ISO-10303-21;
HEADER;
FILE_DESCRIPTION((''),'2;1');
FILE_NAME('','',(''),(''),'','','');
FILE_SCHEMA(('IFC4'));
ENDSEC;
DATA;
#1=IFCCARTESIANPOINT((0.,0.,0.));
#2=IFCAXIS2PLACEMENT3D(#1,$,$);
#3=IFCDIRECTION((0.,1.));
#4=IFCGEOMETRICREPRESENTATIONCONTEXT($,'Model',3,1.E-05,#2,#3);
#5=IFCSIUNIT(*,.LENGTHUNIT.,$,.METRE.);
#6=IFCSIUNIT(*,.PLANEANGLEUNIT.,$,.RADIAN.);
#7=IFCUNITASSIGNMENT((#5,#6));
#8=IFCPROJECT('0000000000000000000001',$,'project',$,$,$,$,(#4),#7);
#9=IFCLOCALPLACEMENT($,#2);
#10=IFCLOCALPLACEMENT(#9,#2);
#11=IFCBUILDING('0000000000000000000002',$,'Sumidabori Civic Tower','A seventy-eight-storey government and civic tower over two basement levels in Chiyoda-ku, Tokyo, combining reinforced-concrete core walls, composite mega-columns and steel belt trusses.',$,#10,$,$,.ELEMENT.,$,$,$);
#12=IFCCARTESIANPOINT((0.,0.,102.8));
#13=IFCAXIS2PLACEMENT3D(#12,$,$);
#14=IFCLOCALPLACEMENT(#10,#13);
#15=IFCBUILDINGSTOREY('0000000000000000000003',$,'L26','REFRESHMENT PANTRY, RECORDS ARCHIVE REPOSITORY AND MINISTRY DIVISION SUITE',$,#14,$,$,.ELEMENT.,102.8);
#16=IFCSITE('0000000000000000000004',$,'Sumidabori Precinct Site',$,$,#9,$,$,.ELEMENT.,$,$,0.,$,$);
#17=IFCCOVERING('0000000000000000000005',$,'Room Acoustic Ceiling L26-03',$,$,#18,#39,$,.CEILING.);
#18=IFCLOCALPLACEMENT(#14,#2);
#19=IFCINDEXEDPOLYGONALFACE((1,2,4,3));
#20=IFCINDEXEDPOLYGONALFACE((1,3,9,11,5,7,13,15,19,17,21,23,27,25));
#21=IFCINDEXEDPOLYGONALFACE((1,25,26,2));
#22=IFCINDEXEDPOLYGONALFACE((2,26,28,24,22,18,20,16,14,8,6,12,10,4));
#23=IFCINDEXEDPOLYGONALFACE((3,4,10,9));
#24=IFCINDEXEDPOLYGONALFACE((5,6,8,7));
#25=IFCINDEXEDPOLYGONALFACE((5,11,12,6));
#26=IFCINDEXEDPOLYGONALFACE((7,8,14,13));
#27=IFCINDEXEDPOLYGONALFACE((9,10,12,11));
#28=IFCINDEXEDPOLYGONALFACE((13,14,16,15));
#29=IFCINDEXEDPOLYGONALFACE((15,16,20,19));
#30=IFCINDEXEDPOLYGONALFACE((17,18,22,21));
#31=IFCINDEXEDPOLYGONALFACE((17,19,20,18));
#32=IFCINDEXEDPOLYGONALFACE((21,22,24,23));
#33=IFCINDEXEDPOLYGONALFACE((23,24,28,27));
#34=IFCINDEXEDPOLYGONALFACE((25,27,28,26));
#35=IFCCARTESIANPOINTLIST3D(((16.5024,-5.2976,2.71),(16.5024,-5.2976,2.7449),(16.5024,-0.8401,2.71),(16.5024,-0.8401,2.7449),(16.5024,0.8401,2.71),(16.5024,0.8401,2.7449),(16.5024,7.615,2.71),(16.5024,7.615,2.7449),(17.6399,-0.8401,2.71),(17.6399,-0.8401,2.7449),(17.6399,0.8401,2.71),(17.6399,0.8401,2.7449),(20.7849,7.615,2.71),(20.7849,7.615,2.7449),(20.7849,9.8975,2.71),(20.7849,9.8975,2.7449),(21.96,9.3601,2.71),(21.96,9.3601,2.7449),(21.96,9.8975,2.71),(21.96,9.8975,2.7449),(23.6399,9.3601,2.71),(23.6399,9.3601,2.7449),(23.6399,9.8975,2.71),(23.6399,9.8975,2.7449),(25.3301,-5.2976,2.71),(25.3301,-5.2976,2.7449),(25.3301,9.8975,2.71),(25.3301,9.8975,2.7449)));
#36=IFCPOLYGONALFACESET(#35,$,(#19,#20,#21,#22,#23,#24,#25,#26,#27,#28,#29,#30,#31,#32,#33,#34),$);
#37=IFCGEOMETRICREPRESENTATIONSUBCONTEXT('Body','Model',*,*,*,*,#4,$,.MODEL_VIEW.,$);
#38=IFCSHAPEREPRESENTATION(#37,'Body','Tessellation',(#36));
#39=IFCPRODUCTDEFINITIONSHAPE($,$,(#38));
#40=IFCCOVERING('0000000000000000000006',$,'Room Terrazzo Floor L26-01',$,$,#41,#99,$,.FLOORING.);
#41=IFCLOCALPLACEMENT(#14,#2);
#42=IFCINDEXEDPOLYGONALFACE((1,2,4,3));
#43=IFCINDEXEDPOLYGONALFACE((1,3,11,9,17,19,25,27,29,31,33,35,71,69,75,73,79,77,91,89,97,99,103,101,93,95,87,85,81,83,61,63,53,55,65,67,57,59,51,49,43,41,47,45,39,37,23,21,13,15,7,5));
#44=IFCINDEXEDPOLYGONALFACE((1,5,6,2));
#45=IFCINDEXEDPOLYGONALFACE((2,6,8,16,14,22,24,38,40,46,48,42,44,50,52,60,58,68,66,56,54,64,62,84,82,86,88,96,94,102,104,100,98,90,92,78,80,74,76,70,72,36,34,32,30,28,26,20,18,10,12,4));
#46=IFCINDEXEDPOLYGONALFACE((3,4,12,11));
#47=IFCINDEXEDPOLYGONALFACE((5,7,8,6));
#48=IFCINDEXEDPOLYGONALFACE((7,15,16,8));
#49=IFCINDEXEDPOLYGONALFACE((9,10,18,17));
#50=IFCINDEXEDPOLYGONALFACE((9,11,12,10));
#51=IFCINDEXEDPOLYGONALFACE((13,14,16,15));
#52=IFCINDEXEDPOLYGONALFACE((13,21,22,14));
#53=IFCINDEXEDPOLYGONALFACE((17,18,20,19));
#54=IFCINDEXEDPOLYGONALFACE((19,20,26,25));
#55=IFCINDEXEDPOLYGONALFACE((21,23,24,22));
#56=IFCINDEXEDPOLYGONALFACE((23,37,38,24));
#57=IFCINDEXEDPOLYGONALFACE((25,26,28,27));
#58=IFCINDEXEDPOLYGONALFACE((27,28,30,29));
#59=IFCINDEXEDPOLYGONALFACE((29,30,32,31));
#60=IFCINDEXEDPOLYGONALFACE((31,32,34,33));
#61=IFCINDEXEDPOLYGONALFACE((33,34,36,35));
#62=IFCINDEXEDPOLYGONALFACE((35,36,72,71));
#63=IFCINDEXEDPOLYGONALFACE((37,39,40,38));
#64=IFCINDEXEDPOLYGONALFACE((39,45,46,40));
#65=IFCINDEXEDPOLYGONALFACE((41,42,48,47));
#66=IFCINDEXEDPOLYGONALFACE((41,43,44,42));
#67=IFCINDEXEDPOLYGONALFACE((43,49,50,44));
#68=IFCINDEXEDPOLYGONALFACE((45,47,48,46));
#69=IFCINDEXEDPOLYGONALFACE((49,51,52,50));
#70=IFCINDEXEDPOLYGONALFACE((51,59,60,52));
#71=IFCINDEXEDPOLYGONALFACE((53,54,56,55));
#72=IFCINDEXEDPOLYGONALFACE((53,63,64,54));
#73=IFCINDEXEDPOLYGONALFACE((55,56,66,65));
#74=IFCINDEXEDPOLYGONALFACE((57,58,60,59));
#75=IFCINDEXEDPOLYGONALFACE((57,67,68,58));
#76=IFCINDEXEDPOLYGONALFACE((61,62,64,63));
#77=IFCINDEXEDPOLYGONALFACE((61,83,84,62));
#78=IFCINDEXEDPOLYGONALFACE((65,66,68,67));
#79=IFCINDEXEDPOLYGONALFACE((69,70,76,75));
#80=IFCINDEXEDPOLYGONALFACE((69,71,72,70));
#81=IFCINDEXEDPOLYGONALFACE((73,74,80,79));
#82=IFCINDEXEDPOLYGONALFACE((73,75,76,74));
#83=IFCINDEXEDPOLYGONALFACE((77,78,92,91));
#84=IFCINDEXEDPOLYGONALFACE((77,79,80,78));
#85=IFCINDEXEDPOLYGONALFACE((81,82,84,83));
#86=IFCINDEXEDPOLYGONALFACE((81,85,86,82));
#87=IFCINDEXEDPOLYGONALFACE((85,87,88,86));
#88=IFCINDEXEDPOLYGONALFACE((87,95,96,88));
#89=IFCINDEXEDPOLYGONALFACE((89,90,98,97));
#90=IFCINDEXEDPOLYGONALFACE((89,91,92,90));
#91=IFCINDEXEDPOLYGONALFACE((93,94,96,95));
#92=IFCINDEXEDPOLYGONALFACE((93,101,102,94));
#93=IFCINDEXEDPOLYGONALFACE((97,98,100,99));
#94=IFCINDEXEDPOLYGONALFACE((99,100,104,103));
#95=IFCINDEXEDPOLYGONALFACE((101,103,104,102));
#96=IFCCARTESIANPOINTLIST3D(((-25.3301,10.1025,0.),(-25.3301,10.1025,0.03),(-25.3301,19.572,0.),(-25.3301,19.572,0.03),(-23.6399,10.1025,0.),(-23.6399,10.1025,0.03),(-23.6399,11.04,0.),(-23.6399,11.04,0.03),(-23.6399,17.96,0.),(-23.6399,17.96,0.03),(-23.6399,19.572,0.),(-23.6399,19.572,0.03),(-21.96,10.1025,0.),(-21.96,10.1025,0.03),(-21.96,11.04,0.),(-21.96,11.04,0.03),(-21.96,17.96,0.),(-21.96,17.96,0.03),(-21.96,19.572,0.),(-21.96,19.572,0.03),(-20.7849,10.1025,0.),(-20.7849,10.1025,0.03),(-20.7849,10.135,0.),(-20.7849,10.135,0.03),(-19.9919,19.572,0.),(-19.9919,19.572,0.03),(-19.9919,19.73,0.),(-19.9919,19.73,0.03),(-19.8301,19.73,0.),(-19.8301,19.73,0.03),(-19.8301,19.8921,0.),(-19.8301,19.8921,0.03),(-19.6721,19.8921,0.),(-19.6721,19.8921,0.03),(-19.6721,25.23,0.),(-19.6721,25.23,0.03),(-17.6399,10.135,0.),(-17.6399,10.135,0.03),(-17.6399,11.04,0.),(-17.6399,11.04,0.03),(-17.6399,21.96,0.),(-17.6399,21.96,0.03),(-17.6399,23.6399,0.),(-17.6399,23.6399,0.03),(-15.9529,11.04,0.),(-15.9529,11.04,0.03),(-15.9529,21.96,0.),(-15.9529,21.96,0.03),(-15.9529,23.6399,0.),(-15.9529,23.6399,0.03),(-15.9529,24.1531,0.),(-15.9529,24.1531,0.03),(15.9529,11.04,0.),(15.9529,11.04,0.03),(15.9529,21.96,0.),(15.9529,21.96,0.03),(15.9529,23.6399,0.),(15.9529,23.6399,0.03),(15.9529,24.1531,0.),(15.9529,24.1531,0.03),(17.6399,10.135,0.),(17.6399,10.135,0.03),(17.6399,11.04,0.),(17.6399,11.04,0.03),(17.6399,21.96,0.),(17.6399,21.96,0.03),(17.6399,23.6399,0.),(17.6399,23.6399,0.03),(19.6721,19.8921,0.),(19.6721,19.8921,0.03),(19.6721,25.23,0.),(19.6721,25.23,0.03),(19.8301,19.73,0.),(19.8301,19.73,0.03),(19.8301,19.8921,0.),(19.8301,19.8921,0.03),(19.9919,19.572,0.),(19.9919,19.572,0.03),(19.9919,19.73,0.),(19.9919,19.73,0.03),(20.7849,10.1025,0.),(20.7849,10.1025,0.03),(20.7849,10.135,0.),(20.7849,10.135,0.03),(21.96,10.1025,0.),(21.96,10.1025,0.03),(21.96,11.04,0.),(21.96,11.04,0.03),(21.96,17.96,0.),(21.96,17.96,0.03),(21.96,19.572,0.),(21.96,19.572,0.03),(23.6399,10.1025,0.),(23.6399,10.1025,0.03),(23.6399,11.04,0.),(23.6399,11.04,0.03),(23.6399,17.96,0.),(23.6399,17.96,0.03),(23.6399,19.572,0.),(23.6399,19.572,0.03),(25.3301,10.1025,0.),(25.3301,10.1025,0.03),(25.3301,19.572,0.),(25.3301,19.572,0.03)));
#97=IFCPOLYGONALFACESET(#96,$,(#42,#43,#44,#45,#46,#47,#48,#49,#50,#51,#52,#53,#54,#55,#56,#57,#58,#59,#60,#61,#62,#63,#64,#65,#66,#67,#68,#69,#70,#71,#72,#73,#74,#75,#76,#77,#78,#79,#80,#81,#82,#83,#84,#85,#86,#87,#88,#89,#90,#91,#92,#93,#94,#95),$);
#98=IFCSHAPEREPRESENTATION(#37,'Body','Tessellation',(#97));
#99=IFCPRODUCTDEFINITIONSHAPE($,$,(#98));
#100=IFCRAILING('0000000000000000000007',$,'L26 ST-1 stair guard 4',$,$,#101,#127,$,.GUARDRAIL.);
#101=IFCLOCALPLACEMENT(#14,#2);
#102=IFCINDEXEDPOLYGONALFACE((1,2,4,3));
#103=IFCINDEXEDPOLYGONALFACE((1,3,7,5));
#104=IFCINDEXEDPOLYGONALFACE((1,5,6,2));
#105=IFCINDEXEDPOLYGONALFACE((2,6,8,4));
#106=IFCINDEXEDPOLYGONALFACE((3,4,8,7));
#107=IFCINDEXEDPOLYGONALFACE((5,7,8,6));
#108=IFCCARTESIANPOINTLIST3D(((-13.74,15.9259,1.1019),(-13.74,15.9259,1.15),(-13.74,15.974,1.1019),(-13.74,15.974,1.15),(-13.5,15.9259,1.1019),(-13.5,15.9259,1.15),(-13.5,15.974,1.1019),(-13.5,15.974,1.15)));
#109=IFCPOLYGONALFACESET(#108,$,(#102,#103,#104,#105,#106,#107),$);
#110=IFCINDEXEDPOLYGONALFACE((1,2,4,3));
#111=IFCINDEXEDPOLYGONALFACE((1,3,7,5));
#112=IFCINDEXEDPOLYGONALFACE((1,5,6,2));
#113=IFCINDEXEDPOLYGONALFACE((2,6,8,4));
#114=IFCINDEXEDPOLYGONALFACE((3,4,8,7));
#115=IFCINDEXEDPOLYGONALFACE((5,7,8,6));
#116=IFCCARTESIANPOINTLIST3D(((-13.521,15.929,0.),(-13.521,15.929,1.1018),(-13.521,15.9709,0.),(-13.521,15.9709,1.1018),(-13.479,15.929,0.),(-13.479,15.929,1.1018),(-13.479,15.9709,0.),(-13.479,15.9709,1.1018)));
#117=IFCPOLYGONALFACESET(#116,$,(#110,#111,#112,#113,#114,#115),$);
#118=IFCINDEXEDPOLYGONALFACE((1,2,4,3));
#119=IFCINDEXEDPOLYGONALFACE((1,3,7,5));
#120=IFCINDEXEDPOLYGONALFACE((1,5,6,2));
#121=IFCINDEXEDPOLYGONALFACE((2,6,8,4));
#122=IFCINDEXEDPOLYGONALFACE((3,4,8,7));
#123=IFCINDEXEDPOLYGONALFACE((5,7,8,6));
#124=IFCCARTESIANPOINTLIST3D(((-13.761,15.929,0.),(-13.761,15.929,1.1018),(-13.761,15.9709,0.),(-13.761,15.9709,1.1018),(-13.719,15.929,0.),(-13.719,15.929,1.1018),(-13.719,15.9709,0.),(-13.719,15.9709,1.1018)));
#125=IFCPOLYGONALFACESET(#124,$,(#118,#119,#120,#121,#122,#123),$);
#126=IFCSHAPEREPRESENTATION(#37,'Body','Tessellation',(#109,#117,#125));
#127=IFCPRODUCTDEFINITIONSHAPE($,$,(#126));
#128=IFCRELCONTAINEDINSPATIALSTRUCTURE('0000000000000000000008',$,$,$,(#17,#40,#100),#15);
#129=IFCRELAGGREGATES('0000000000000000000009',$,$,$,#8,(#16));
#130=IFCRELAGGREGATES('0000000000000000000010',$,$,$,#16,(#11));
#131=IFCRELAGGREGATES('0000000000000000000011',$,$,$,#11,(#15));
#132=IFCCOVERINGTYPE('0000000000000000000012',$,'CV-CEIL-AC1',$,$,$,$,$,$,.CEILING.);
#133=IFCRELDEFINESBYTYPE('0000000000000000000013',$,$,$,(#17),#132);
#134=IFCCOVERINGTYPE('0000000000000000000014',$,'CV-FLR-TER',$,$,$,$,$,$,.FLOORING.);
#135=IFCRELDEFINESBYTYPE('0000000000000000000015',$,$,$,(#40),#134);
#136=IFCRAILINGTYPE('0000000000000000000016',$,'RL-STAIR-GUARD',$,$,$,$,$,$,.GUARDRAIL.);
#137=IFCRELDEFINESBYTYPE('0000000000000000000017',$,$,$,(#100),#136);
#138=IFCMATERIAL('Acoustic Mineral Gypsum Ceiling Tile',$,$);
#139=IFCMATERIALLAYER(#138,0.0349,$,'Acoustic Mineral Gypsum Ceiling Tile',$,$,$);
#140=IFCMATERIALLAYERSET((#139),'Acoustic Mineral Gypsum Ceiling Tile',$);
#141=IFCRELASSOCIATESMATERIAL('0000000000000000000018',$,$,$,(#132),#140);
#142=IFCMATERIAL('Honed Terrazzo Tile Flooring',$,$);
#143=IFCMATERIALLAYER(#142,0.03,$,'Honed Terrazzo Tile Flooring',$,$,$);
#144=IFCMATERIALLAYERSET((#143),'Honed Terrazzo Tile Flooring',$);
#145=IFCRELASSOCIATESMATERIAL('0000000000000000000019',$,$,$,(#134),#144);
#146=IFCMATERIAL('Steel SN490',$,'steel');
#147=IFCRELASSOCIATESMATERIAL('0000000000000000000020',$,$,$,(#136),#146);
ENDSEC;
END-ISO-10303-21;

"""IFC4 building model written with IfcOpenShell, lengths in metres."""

from ifc_helpers import new_model, si_unit, direction, frame, origin, origin_2d, place, context, subcontext, project, spatial, polyline, rectangle, outline, extrude, material, layer, layer_set, type_object, element, save


model = new_model("IFC4")

# Units and contexts
model_context = context("Model", 3, precision=1e-05, world=origin(), true_north=direction((0.0, 1.0)))
body_context = subcontext(model_context, "Body", "Model", "MODEL_VIEW")
ifc_project = project(units=[si_unit("LENGTHUNIT", "METRE"), si_unit("PLANEANGLEUNIT", "RADIAN")], contexts=[model_context])

# Site, building, storey
site_placement = place(None, origin())
site = spatial("IfcSite", under=ifc_project, at=site_placement, Name="Sumidabori Precinct Site", CompositionType="ELEMENT", RefElevation=0.0)
building_placement = place(site_placement, origin())
building = spatial("IfcBuilding", under=site, at=building_placement, Name="Sumidabori Civic Tower", Description="A seventy-eight-storey government and civic tower over two basement levels in Chiyoda-ku, Tokyo, combining reinforced-concrete core walls, composite mega-columns and steel belt trusses.", CompositionType="ELEMENT")
storey_placement = place(building_placement, frame((0.0, 0.0, 102.8)))
storey = spatial("IfcBuildingStorey", under=building, at=storey_placement, Name="L26", Description="REFRESHMENT PANTRY, RECORDS ARCHIVE REPOSITORY AND MINISTRY DIVISION SUITE", CompositionType="ELEMENT", Elevation=102.8)

# Shared definitions
ifc_material_1 = material(Name="Steel SN490", Category="steel")

# Coverings
ifc_material_2 = material(Name="Acoustic Mineral Gypsum Ceiling Tile")
ifc_layer_1 = layer(ifc_material_2, 0.0349, Name="Acoustic Mineral Gypsum Ceiling Tile")
ifc_layer_set_1 = layer_set([ifc_layer_1], Name="Acoustic Mineral Gypsum Ceiling Tile")
covering_type_1 = type_object("IfcCoveringType", Name="CV-CEIL-AC1", PredefinedType="CEILING", material=ifc_layer_set_1)
covering_1_placement = place(storey_placement, frame((0.0, 0.0, 2.71)))
element("IfcCovering", 1, at=covering_1_placement, inside=storey, type_object=covering_type_1, Name="Room Acoustic Ceiling L26-03", PredefinedType="CEILING", context=body_context, shape_type="SweptSolid", body=[
    extrude(outline(polyline([(16.5024, -0.8401), (17.6399, -0.8401), (17.6399, 0.8401), (16.5024, 0.8401), (16.5024, 7.615), (20.7849, 7.615), (20.7849, 9.8975), (21.96, 9.8975), (21.96, 9.3601), (23.6399, 9.3601), (23.6399, 9.8975), (25.3301, 9.8975), (25.3301, -5.2976), (16.5024, -5.2976), (16.5024, -0.8401)])), origin(), (0.0, 0.0, 1.0), 0.0349),
])
ifc_material_3 = material(Name="Honed Terrazzo Tile Flooring")
ifc_layer_2 = layer(ifc_material_3, 0.03, Name="Honed Terrazzo Tile Flooring")
ifc_layer_set_2 = layer_set([ifc_layer_2], Name="Honed Terrazzo Tile Flooring")
covering_type_2 = type_object("IfcCoveringType", Name="CV-FLR-TER", PredefinedType="FLOORING", material=ifc_layer_set_2)
covering_2_placement = place(storey_placement, origin())
element("IfcCovering", 2, at=covering_2_placement, inside=storey, type_object=covering_type_2, Name="Room Terrazzo Floor L26-01", PredefinedType="FLOORING", context=body_context, shape_type="SweptSolid", body=[
    extrude(outline(polyline([(-21.96, 10.1025), (-21.96, 11.04), (-23.6399, 11.04), (-23.6399, 10.1025), (-25.3301, 10.1025), (-25.3301, 19.572), (-23.6399, 19.572), (-23.6399, 17.96), (-21.96, 17.96), (-21.96, 19.572), (-19.9919, 19.572), (-19.9919, 19.73), (-19.8301, 19.73), (-19.8301, 19.8921), (-19.6721, 19.8921), (-19.6721, 25.23), (19.6721, 25.23), (19.6721, 19.8921), (19.8301, 19.8921), (19.8301, 19.73), (19.9919, 19.73), (19.9919, 19.572), (21.96, 19.572), (21.96, 17.96), (23.6399, 17.96), (23.6399, 19.572), (25.3301, 19.572), (25.3301, 10.1025), (23.6399, 10.1025), (23.6399, 11.04), (21.96, 11.04), (21.96, 10.1025), (20.7849, 10.1025), (20.7849, 10.135), (17.6399, 10.135), (17.6399, 11.04), (15.9529, 11.04), (15.9529, 21.96), (17.6399, 21.96), (17.6399, 23.6399), (15.9529, 23.6399), (15.9529, 24.1531), (-15.9529, 24.1531), (-15.9529, 23.6399), (-17.6399, 23.6399), (-17.6399, 21.96), (-15.9529, 21.96), (-15.9529, 11.04), (-17.6399, 11.04), (-17.6399, 10.135), (-20.7849, 10.135), (-20.7849, 10.1025), (-21.96, 10.1025)])), origin(), (0.0, 0.0, 1.0), 0.03),
])

# Railing
railing_type = type_object("IfcRailingType", Name="RL-STAIR-GUARD", PredefinedType="GUARDRAIL", material=ifc_material_1)
railing_placement = place(storey_placement, frame((-13.5, 15.95, 0.0)))
element("IfcRailing", 3, at=railing_placement, inside=storey, type_object=railing_type, Name="L26 ST-1 stair guard 4", PredefinedType="GUARDRAIL", context=body_context, shape_type="SweptSolid", body=[
    extrude(rectangle(XDim=0.0481, YDim=0.0481, at=origin_2d()), frame((0.0, 0.0, 1.126), z_axis=(-1.0, 0.0, 0.0), x_axis=(0.0, -1.0, 0.0)), (0.0, 0.0, 1.0), 0.24),
    extrude(rectangle(XDim=0.042, YDim=0.042, at=origin_2d()), origin(), (0.0, 0.0, 1.0), 1.1018),
    extrude(rectangle(XDim=0.042, YDim=0.042, at=origin_2d()), frame((-0.24, 0.0, 0.0)), (0.0, 0.0, 1.0), 1.1018),
])

save(model, "model.ifc")
